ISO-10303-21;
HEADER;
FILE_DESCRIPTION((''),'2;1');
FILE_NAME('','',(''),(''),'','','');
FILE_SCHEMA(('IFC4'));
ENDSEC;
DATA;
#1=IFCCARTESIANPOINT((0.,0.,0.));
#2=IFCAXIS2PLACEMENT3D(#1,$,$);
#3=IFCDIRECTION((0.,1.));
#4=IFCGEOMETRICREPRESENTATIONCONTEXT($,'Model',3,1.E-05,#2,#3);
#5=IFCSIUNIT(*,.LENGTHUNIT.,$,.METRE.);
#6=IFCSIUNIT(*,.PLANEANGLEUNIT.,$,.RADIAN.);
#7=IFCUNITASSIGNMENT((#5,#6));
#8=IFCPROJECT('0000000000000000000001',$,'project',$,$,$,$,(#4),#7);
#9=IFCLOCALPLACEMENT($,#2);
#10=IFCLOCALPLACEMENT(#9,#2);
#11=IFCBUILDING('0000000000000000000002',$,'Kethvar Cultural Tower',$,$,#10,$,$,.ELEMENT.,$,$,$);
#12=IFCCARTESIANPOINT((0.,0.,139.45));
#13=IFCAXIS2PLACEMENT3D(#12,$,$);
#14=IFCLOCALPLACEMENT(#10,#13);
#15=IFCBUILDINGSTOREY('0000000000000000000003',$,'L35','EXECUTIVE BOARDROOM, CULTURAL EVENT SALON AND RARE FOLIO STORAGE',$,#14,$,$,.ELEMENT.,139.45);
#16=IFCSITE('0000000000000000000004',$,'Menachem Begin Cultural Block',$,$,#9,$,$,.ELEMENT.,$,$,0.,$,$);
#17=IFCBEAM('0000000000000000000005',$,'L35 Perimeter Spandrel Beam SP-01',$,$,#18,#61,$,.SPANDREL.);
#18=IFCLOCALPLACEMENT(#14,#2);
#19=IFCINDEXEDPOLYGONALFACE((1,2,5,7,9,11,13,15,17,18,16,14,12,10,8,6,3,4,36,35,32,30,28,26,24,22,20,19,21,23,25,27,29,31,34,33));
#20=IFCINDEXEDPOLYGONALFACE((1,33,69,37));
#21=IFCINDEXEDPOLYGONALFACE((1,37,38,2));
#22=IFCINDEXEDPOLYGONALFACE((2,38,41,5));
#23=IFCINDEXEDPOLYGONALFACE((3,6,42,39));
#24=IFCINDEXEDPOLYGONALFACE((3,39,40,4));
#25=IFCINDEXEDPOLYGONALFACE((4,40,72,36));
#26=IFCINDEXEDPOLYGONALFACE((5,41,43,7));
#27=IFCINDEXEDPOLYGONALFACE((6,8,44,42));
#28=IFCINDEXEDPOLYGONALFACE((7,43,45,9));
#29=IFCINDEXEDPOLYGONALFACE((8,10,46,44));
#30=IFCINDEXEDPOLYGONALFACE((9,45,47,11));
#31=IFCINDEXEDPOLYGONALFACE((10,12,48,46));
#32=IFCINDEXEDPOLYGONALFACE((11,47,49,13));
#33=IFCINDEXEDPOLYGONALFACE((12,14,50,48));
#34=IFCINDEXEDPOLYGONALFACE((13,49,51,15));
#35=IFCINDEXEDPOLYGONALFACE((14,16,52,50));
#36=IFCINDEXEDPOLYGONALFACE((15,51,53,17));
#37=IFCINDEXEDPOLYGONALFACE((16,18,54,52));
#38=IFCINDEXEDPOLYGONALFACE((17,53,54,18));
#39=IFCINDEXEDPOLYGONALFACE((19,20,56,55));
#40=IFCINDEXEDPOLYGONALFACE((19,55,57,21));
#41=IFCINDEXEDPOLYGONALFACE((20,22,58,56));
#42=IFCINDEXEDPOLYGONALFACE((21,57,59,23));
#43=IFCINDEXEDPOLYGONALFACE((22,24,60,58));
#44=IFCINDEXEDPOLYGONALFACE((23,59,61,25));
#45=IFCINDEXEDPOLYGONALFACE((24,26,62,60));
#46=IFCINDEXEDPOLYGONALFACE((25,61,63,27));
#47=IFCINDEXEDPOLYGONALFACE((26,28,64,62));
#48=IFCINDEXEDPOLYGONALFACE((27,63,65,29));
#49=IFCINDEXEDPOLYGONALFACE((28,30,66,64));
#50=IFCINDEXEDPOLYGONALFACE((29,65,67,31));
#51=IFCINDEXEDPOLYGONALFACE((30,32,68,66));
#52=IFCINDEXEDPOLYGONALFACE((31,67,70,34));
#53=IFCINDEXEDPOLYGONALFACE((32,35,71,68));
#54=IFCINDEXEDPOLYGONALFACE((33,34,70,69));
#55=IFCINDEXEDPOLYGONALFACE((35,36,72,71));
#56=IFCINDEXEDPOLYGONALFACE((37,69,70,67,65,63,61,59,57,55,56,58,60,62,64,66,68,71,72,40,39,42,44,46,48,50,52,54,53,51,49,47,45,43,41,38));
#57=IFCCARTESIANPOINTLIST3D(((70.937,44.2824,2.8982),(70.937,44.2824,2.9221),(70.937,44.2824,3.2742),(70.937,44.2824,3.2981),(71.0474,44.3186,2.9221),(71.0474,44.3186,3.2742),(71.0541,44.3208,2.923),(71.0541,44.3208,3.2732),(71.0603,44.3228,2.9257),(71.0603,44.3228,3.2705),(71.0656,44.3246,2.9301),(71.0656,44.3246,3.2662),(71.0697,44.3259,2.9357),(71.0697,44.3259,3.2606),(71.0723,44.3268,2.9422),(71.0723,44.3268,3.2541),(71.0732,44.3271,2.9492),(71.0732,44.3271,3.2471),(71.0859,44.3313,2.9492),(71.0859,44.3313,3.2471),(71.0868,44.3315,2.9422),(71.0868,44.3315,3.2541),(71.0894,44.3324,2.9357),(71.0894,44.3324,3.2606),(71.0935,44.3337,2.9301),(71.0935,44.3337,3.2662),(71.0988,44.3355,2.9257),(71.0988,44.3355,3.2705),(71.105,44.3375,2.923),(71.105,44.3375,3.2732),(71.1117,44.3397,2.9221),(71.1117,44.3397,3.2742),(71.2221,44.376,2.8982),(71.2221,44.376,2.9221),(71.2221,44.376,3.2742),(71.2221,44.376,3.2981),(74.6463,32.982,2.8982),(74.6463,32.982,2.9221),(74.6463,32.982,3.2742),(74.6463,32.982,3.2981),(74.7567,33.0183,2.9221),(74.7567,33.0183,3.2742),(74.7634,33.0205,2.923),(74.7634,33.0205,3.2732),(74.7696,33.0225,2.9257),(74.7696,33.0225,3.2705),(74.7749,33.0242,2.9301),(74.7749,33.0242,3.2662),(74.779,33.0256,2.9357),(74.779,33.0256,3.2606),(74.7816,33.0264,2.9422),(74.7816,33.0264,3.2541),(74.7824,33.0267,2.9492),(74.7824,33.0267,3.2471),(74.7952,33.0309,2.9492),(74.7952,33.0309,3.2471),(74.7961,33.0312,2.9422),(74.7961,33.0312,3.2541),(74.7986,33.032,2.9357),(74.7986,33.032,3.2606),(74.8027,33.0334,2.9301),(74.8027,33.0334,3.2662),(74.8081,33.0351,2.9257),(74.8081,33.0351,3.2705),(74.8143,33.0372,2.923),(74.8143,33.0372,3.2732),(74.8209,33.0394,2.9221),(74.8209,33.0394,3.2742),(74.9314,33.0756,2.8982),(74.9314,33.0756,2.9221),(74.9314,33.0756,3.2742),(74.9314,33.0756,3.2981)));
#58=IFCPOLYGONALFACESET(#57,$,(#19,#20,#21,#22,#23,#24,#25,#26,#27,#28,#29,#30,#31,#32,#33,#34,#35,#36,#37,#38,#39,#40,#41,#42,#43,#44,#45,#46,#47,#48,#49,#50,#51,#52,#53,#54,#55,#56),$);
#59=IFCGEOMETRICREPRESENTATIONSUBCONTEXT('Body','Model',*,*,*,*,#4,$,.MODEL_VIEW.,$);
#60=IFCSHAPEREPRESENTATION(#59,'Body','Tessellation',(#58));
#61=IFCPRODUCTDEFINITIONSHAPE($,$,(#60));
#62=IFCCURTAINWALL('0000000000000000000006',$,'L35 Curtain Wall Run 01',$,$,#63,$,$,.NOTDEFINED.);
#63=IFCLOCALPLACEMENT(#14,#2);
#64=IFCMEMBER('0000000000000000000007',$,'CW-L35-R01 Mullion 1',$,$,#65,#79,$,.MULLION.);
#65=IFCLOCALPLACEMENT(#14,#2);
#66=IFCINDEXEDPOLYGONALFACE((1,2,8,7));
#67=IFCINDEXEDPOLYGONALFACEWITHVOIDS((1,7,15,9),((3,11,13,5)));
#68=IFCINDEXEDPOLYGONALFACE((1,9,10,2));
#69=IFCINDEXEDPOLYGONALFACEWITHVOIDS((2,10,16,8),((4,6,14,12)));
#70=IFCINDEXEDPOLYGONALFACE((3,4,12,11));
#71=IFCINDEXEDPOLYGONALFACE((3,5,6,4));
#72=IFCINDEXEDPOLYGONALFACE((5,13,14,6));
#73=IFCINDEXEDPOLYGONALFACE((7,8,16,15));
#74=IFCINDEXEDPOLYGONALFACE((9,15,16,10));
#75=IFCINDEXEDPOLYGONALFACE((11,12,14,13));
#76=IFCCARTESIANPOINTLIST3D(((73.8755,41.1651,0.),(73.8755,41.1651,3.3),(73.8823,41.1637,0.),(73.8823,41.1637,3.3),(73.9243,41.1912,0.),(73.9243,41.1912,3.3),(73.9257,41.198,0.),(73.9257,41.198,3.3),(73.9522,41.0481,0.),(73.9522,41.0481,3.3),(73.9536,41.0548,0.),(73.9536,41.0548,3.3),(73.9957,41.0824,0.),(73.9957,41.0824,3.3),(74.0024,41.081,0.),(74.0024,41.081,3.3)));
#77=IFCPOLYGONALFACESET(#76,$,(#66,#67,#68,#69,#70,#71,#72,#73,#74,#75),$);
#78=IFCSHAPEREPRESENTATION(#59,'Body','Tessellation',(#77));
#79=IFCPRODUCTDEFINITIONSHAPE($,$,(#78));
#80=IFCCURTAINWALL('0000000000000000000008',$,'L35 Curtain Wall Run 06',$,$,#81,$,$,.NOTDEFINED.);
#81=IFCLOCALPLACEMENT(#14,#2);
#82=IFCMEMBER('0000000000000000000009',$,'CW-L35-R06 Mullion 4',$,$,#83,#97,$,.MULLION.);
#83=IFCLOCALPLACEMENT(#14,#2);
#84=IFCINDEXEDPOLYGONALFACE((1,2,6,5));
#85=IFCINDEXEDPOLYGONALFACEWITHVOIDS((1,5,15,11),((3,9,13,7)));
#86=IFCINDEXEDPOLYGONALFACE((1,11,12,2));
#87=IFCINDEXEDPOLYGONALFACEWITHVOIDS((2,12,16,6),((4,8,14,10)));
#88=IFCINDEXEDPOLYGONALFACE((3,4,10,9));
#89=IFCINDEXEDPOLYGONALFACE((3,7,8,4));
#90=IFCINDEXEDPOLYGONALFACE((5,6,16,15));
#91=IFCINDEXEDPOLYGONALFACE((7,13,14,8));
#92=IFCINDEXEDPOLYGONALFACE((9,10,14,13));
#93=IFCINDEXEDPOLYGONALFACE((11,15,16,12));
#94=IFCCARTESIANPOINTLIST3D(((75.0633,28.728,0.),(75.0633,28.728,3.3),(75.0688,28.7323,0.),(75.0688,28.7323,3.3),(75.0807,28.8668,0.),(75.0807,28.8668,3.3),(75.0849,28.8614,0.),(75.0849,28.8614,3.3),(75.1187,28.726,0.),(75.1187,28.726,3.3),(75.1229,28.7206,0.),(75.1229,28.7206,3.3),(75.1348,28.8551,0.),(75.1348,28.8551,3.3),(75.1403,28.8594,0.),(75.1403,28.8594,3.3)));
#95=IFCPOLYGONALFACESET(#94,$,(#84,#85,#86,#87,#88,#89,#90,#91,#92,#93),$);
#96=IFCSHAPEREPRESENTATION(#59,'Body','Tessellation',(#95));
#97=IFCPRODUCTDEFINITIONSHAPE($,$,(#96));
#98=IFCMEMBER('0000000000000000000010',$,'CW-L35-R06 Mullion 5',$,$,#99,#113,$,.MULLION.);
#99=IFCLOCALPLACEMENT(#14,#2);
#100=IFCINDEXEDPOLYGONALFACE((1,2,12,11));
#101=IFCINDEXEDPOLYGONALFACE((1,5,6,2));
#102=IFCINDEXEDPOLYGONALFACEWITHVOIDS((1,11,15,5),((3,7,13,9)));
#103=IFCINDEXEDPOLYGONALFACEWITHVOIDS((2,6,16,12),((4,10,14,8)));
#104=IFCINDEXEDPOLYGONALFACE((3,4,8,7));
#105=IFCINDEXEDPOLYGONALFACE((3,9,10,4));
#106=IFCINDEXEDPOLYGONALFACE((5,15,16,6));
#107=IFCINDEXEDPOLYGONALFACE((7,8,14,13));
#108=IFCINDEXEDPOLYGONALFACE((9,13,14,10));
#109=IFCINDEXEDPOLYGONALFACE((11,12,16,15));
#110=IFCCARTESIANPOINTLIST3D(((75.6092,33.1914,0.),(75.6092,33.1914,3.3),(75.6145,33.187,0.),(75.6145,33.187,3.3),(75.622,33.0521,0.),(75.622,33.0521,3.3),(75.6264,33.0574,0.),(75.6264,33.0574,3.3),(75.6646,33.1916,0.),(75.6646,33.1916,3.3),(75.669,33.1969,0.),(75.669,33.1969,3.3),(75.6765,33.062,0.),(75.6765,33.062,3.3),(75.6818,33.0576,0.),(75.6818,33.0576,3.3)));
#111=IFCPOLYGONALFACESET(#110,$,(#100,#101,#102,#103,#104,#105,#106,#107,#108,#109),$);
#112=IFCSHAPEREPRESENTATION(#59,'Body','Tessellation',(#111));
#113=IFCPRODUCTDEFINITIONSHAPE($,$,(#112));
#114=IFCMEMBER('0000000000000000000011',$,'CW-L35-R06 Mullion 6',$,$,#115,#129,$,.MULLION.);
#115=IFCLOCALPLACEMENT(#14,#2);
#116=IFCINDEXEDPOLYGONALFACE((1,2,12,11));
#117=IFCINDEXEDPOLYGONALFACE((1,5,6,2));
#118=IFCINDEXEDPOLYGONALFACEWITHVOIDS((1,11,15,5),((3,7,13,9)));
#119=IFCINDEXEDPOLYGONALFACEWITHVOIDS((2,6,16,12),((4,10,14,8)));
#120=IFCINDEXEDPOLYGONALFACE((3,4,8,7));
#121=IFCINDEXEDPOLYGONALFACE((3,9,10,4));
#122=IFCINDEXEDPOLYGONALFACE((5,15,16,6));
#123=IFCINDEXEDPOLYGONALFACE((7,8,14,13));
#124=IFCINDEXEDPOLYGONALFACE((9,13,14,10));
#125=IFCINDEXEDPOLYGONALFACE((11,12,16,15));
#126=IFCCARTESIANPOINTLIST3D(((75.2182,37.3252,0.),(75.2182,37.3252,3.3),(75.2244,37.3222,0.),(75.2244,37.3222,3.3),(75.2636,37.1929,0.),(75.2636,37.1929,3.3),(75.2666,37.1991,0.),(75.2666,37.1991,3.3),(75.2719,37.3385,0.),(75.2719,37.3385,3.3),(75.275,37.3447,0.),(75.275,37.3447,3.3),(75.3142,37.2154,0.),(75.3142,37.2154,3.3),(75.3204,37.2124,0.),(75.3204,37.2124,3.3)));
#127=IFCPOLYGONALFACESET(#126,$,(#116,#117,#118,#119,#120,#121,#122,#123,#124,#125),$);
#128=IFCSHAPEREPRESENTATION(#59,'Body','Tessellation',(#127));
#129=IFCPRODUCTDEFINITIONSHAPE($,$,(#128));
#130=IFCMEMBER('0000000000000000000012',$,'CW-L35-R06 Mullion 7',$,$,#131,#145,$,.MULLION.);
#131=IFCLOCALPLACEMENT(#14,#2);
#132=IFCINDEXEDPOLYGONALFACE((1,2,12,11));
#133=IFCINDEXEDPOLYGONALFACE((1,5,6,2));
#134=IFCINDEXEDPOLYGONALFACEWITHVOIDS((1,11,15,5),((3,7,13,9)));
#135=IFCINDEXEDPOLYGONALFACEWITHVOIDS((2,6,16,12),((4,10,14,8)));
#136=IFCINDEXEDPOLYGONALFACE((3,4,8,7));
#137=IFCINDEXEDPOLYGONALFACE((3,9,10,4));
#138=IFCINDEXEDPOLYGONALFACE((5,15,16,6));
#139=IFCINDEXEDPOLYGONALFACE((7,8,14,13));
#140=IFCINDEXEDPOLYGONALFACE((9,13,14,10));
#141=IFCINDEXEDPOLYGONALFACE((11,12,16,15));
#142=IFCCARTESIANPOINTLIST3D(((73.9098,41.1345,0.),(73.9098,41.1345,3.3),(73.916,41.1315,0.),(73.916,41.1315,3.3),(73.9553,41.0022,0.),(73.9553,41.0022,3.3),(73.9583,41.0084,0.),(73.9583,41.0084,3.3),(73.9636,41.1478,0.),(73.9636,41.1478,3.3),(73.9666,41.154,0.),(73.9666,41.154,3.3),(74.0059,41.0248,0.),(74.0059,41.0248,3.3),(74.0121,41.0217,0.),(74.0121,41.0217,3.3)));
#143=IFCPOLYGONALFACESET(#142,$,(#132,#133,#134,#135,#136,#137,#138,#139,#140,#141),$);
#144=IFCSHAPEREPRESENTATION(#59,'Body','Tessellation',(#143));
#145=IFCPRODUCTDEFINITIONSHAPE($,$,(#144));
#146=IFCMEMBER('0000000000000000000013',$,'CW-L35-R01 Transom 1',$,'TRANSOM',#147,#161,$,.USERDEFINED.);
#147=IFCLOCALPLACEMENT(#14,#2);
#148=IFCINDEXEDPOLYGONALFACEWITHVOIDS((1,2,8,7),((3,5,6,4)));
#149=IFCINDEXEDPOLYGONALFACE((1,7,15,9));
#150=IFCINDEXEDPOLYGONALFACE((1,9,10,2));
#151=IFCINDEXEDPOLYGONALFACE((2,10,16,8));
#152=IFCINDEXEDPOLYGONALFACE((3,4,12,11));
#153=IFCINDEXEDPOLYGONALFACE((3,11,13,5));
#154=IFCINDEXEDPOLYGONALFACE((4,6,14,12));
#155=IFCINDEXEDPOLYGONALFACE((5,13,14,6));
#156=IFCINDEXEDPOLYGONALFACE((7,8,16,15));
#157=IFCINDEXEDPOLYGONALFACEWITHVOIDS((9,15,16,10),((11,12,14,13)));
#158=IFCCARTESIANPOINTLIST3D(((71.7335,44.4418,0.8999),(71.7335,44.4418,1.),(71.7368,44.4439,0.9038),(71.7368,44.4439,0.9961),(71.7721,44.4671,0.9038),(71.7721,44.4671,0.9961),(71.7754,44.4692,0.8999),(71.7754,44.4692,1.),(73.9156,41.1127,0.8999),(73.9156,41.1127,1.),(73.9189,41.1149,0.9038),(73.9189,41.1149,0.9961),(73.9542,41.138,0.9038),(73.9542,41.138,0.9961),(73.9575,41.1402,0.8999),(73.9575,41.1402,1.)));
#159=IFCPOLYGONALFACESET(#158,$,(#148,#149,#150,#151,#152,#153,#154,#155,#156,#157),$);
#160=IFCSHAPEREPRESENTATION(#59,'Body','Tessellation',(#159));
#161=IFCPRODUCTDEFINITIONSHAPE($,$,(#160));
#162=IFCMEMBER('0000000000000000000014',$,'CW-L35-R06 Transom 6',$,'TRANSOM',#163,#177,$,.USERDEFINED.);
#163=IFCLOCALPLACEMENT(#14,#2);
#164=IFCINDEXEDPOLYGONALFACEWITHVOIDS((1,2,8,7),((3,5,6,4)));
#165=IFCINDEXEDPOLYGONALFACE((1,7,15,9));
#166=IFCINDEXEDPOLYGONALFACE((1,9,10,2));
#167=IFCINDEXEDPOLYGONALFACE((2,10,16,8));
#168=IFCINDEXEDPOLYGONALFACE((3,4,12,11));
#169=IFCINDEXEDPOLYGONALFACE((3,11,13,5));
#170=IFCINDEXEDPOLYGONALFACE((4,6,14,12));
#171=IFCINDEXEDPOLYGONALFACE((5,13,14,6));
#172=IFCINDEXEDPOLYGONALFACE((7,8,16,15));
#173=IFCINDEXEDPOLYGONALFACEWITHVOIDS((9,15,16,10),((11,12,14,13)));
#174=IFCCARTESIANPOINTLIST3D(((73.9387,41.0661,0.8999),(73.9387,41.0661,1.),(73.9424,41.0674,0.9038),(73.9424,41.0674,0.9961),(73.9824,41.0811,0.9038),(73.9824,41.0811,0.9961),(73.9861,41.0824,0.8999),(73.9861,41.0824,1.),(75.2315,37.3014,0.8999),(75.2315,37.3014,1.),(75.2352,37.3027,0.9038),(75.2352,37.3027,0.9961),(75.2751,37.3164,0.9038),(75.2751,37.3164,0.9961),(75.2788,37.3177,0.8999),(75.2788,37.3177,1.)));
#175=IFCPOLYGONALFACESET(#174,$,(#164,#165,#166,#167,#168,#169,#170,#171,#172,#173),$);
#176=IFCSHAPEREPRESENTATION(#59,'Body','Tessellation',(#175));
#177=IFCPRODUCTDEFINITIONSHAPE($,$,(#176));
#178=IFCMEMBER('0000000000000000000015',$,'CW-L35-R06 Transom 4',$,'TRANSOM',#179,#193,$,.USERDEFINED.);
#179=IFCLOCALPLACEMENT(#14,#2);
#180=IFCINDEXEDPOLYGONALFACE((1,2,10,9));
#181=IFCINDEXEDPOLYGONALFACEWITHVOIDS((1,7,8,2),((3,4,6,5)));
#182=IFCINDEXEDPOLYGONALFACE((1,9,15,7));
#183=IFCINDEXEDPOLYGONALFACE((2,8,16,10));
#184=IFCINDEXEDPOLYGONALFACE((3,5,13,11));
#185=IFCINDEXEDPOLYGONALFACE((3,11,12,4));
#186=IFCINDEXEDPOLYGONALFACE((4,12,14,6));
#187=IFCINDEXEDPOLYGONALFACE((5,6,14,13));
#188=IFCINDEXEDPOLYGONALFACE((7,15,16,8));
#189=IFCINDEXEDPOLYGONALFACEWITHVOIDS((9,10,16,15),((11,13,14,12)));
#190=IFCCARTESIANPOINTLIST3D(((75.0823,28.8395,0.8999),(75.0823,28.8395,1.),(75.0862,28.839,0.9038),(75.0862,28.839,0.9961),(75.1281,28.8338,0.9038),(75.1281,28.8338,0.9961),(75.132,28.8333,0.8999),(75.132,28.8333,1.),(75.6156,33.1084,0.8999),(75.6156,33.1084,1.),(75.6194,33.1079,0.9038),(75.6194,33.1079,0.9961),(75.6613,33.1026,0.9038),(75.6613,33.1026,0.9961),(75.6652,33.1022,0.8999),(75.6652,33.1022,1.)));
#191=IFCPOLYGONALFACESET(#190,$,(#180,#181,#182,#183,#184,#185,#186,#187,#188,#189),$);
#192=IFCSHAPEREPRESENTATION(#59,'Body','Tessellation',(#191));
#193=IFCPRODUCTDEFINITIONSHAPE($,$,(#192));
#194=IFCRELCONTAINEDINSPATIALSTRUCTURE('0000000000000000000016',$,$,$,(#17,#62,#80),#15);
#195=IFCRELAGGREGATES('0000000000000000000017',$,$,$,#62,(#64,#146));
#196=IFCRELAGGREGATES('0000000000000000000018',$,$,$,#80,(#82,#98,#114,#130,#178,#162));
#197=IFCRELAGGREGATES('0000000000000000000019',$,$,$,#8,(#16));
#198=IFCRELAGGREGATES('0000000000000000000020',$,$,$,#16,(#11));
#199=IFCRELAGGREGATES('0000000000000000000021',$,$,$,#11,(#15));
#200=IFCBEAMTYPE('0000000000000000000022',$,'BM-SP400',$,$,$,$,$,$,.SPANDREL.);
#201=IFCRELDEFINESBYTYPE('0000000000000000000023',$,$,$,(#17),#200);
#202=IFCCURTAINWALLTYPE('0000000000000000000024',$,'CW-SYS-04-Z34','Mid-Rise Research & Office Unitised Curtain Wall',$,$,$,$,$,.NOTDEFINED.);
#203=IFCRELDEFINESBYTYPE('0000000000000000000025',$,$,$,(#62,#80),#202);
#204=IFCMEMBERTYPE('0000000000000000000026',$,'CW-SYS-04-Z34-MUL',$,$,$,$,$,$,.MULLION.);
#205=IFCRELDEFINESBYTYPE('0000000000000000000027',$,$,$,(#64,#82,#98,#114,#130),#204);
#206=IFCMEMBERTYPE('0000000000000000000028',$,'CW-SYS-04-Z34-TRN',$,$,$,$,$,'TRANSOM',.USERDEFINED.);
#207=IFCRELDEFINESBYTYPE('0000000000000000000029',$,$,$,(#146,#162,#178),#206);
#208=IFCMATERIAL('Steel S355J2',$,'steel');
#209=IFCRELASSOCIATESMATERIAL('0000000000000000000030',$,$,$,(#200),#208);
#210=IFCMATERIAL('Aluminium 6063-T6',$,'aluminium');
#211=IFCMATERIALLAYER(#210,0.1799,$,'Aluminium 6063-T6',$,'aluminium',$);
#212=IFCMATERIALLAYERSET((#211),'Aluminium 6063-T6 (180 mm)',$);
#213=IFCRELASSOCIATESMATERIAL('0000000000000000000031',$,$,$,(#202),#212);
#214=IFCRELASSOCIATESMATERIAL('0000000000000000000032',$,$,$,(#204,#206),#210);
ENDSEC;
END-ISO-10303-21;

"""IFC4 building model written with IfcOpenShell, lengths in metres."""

from ifc_helpers import new_model, si_unit, direction, frame, origin, origin_2d, place, context, subcontext, project, spatial, hollow_rectangle, i_section, extrude, source, transform, mapped, material, layer, layer_set, material_profile, profile_set, type_object, element, aggregate, save


model = new_model("IFC4")

# Units and contexts
model_context = context("Model", 3, precision=1e-05, world=origin(), true_north=direction((0.0, 1.0)))
body_context = subcontext(model_context, "Body", "Model", "MODEL_VIEW")
ifc_project = project(units=[si_unit("LENGTHUNIT", "METRE"), si_unit("PLANEANGLEUNIT", "RADIAN")], contexts=[model_context])

# Site, building, storey
site_placement = place(None, origin())
site = spatial("IfcSite", under=ifc_project, at=site_placement, Name="Menachem Begin Cultural Block", CompositionType="ELEMENT", RefElevation=0.0)
building_placement = place(site_placement, origin())
building = spatial("IfcBuilding", under=site, at=building_placement, Name="Kethvar Cultural Tower", CompositionType="ELEMENT")
storey_placement = place(building_placement, frame((0.0, 0.0, 139.45)))
storey = spatial("IfcBuildingStorey", under=building, at=storey_placement, Name="L35", Description="EXECUTIVE BOARDROOM, CULTURAL EVENT SALON AND RARE FOLIO STORAGE", CompositionType="ELEMENT", Elevation=139.45)

# Beam
ifc_material_1 = material(Name="Steel S355J2", Category="steel")
ifc_material_profile_1 = material_profile(ifc_material_1, i_section(OverallWidth=0.3, OverallDepth=0.3999, WebThickness=0.0134, FlangeThickness=0.0239, FilletRadius=0.0271, at=origin_2d()), Name="Steel S355J2 — HEB400")
ifc_profile_set_1 = profile_set([ifc_material_profile_1], Name="Steel S355J2 — HEB400")
beam_type_1 = type_object("IfcBeamType", Name="BM-SP400", PredefinedType="SPANDREL", material=ifc_profile_set_1)
shared_shape_1 = source(origin(), body_context, "Body", "SweptSolid", [
    extrude(i_section(OverallWidth=0.3, OverallDepth=0.3999, WebThickness=0.0134, FlangeThickness=0.0239, FilletRadius=0.0271, at=origin_2d()), origin(), (0.0, 0.0, 1.0), 11.8936),
])
beam_1_placement = place(storey_placement, frame((74.7888, 33.0288, 3.0981), z_axis=(-0.311871, 0.950125, 0.0), x_axis=(-0.950125, -0.311871, 0.0)))
element("IfcBeam", 1, at=beam_1_placement, inside=storey, type_object=beam_type_1, Name="L35 Perimeter Spandrel Beam SP-01", PredefinedType="SPANDREL", context=body_context, shape_type="MappedRepresentation", body=[
    mapped(shared_shape_1, transform((0.0, 0.0, 0.0), scale=1.0)),
])

# Curtain wall, member
ifc_material_2 = material(Name="Aluminium 6063-T6", Category="aluminium")
ifc_layer_1 = layer(ifc_material_2, 0.1799, Name="Aluminium 6063-T6", Category="aluminium")
ifc_layer_set_1 = layer_set([ifc_layer_1], Name="Aluminium 6063-T6 (180 mm)")
curtain_wall_type = type_object("IfcCurtainWallType", Name="CW-SYS-04-Z34", Description="Mid-Rise Research & Office Unitised Curtain Wall", PredefinedType="NOTDEFINED", material=ifc_layer_set_1)
curtain_wall_1_placement = place(storey_placement, origin())
curtain_wall_1 = element("IfcCurtainWall", 2, at=curtain_wall_1_placement, inside=storey, type_object=curtain_wall_type, Name="L35 Curtain Wall Run 01", PredefinedType="NOTDEFINED")
ifc_material_profile_2 = material_profile(ifc_material_2, hollow_rectangle(XDim=0.0601, YDim=0.1399, WallThickness=0.0049, at=origin_2d()), Name="Aluminium 6063-T6 — RHS140x60x5")
ifc_profile_set_2 = profile_set([ifc_material_profile_2], Name="Aluminium 6063-T6 — RHS140x60x5")
member_type_1 = type_object("IfcMemberType", Name="CW-SYS-04-Z34-MUL", PredefinedType="MULLION", material=ifc_profile_set_2)
shared_shape_2 = source(origin(), body_context, "Body", "SweptSolid", [
    extrude(hollow_rectangle(XDim=0.0601, YDim=0.1399, WallThickness=0.0049, at=origin_2d()), origin(), (0.0, 0.0, 1.0), 3.3),
])
member_1_placement = place(storey_placement, frame((73.939, 41.123, 0.0), z_axis=(0.0, 0.0, 1.0), x_axis=(-0.836344, -0.548206, 0.0)))
member_1 = element("IfcMember", 3, at=member_1_placement, type_object=member_type_1, Name="CW-L35-R01 Mullion 1", PredefinedType="MULLION", context=body_context, shape_type="MappedRepresentation", body=[
    mapped(shared_shape_2, transform((0.0, 0.0, 0.0), scale=1.0)),
])

# Curtain wall, members
curtain_wall_2_placement = place(storey_placement, origin())
curtain_wall_2 = element("IfcCurtainWall", 4, at=curtain_wall_2_placement, inside=storey, type_object=curtain_wall_type, Name="L35 Curtain Wall Run 06", PredefinedType="NOTDEFINED")
member_2_placement = place(storey_placement, frame((75.1018, 28.7937, 0.0), z_axis=(0.0, 0.0, 1.0), x_axis=(-0.992284, 0.123982, 0.0)))
member_2 = element("IfcMember", 5, at=member_2_placement, type_object=member_type_1, Name="CW-L35-R06 Mullion 4", PredefinedType="MULLION", context=body_context, shape_type="MappedRepresentation", body=[
    mapped(shared_shape_2, transform((0.0, 0.0, 0.0), scale=1.0)),
])
member_3_placement = place(storey_placement, frame((75.6455, 33.1245, 0.0), z_axis=(0.0, 0.0, 1.0), x_axis=(-0.995837, -0.091154, 0.0)))
member_3 = element("IfcMember", 6, at=member_3_placement, type_object=member_type_1, Name="CW-L35-R06 Mullion 5", PredefinedType="MULLION", context=body_context, shape_type="MappedRepresentation", body=[
    mapped(shared_shape_2, transform((0.0, 0.0, 0.0), scale=1.0)),
])
member_4_placement = place(storey_placement, frame((75.2693, 37.2688, 0.0), z_axis=(0.0, 0.0, 1.0), x_axis=(-0.945774, -0.324825, 0.0)))
member_4 = element("IfcMember", 7, at=member_4_placement, type_object=member_type_1, Name="CW-L35-R06 Mullion 6", PredefinedType="MULLION", context=body_context, shape_type="MappedRepresentation", body=[
    mapped(shared_shape_2, transform((0.0, 0.0, 0.0), scale=1.0)),
])
member_5_placement = place(storey_placement, frame((73.9609, 41.0781, 0.0), z_axis=(0.0, 0.0, 1.0), x_axis=(-0.945774, -0.324825, 0.0)))
member_5 = element("IfcMember", 8, at=member_5_placement, type_object=member_type_1, Name="CW-L35-R06 Mullion 7", PredefinedType="MULLION", context=body_context, shape_type="MappedRepresentation", body=[
    mapped(shared_shape_2, transform((0.0, 0.0, 0.0), scale=1.0)),
])

# Members
ifc_material_profile_3 = material_profile(ifc_material_2, hollow_rectangle(XDim=0.05, YDim=0.1001, WallThickness=0.0039, at=origin_2d()), Name="Aluminium 6063-T6 — RHS100x50x4")
ifc_profile_set_3 = profile_set([ifc_material_profile_3], Name="Aluminium 6063-T6 — RHS100x50x4")
member_type_2 = type_object("IfcMemberType", Name="CW-SYS-04-Z34-TRN", ElementType="TRANSOM", PredefinedType="USERDEFINED", material=ifc_profile_set_3)
shared_shape_3 = source(origin(), body_context, "Body", "SweptSolid", [
    extrude(hollow_rectangle(XDim=0.05, YDim=0.1001, WallThickness=0.0039, at=origin_2d()), origin(), (0.0, 0.0, 1.0), 3.9805),
])
member_6_placement = place(storey_placement, frame((73.9365, 41.1265, 0.95), z_axis=(-0.548201, 0.836347, 0.0), x_axis=(-0.836347, -0.548201, 0.0)))
member_6 = element("IfcMember", 9, at=member_6_placement, type_object=member_type_2, Name="CW-L35-R01 Transom 1", ObjectType="TRANSOM", PredefinedType="USERDEFINED", context=body_context, shape_type="MappedRepresentation", body=[
    mapped(shared_shape_3, transform((0.0, 0.0, 0.0), scale=1.0)),
])
aggregate(curtain_wall_1, [member_1, member_6])
member_7_placement = place(storey_placement, frame((75.2551, 37.3096, 0.95), z_axis=(-0.324771, 0.945793, 0.0), x_axis=(-0.945793, -0.324771, 0.0)))
member_7 = element("IfcMember", 10, at=member_7_placement, type_object=member_type_2, Name="CW-L35-R06 Transom 6", ObjectType="TRANSOM", PredefinedType="USERDEFINED", context=body_context, shape_type="MappedRepresentation", body=[
    mapped(shared_shape_3, transform((0.0, 0.0, 0.0), scale=1.0)),
])
shared_shape_4 = source(origin(), body_context, "Body", "SweptSolid", [
    extrude(hollow_rectangle(XDim=0.05, YDim=0.1001, WallThickness=0.0039, at=origin_2d()), origin(), (0.0, 0.0, 1.0), 4.302),
])
member_8_placement = place(storey_placement, frame((75.1072, 28.8364, 0.95), z_axis=(0.123944, 0.992289, 0.0), x_axis=(-0.992289, 0.123944, 0.0)))
member_8 = element("IfcMember", 11, at=member_8_placement, type_object=member_type_2, Name="CW-L35-R06 Transom 4", ObjectType="TRANSOM", PredefinedType="USERDEFINED", context=body_context, shape_type="MappedRepresentation", body=[
    mapped(shared_shape_4, transform((0.0, 0.0, 0.0), scale=1.0)),
])

aggregate(curtain_wall_2, [member_2, member_3, member_4, member_5, member_8, member_7])

save(model, "model.ifc")
